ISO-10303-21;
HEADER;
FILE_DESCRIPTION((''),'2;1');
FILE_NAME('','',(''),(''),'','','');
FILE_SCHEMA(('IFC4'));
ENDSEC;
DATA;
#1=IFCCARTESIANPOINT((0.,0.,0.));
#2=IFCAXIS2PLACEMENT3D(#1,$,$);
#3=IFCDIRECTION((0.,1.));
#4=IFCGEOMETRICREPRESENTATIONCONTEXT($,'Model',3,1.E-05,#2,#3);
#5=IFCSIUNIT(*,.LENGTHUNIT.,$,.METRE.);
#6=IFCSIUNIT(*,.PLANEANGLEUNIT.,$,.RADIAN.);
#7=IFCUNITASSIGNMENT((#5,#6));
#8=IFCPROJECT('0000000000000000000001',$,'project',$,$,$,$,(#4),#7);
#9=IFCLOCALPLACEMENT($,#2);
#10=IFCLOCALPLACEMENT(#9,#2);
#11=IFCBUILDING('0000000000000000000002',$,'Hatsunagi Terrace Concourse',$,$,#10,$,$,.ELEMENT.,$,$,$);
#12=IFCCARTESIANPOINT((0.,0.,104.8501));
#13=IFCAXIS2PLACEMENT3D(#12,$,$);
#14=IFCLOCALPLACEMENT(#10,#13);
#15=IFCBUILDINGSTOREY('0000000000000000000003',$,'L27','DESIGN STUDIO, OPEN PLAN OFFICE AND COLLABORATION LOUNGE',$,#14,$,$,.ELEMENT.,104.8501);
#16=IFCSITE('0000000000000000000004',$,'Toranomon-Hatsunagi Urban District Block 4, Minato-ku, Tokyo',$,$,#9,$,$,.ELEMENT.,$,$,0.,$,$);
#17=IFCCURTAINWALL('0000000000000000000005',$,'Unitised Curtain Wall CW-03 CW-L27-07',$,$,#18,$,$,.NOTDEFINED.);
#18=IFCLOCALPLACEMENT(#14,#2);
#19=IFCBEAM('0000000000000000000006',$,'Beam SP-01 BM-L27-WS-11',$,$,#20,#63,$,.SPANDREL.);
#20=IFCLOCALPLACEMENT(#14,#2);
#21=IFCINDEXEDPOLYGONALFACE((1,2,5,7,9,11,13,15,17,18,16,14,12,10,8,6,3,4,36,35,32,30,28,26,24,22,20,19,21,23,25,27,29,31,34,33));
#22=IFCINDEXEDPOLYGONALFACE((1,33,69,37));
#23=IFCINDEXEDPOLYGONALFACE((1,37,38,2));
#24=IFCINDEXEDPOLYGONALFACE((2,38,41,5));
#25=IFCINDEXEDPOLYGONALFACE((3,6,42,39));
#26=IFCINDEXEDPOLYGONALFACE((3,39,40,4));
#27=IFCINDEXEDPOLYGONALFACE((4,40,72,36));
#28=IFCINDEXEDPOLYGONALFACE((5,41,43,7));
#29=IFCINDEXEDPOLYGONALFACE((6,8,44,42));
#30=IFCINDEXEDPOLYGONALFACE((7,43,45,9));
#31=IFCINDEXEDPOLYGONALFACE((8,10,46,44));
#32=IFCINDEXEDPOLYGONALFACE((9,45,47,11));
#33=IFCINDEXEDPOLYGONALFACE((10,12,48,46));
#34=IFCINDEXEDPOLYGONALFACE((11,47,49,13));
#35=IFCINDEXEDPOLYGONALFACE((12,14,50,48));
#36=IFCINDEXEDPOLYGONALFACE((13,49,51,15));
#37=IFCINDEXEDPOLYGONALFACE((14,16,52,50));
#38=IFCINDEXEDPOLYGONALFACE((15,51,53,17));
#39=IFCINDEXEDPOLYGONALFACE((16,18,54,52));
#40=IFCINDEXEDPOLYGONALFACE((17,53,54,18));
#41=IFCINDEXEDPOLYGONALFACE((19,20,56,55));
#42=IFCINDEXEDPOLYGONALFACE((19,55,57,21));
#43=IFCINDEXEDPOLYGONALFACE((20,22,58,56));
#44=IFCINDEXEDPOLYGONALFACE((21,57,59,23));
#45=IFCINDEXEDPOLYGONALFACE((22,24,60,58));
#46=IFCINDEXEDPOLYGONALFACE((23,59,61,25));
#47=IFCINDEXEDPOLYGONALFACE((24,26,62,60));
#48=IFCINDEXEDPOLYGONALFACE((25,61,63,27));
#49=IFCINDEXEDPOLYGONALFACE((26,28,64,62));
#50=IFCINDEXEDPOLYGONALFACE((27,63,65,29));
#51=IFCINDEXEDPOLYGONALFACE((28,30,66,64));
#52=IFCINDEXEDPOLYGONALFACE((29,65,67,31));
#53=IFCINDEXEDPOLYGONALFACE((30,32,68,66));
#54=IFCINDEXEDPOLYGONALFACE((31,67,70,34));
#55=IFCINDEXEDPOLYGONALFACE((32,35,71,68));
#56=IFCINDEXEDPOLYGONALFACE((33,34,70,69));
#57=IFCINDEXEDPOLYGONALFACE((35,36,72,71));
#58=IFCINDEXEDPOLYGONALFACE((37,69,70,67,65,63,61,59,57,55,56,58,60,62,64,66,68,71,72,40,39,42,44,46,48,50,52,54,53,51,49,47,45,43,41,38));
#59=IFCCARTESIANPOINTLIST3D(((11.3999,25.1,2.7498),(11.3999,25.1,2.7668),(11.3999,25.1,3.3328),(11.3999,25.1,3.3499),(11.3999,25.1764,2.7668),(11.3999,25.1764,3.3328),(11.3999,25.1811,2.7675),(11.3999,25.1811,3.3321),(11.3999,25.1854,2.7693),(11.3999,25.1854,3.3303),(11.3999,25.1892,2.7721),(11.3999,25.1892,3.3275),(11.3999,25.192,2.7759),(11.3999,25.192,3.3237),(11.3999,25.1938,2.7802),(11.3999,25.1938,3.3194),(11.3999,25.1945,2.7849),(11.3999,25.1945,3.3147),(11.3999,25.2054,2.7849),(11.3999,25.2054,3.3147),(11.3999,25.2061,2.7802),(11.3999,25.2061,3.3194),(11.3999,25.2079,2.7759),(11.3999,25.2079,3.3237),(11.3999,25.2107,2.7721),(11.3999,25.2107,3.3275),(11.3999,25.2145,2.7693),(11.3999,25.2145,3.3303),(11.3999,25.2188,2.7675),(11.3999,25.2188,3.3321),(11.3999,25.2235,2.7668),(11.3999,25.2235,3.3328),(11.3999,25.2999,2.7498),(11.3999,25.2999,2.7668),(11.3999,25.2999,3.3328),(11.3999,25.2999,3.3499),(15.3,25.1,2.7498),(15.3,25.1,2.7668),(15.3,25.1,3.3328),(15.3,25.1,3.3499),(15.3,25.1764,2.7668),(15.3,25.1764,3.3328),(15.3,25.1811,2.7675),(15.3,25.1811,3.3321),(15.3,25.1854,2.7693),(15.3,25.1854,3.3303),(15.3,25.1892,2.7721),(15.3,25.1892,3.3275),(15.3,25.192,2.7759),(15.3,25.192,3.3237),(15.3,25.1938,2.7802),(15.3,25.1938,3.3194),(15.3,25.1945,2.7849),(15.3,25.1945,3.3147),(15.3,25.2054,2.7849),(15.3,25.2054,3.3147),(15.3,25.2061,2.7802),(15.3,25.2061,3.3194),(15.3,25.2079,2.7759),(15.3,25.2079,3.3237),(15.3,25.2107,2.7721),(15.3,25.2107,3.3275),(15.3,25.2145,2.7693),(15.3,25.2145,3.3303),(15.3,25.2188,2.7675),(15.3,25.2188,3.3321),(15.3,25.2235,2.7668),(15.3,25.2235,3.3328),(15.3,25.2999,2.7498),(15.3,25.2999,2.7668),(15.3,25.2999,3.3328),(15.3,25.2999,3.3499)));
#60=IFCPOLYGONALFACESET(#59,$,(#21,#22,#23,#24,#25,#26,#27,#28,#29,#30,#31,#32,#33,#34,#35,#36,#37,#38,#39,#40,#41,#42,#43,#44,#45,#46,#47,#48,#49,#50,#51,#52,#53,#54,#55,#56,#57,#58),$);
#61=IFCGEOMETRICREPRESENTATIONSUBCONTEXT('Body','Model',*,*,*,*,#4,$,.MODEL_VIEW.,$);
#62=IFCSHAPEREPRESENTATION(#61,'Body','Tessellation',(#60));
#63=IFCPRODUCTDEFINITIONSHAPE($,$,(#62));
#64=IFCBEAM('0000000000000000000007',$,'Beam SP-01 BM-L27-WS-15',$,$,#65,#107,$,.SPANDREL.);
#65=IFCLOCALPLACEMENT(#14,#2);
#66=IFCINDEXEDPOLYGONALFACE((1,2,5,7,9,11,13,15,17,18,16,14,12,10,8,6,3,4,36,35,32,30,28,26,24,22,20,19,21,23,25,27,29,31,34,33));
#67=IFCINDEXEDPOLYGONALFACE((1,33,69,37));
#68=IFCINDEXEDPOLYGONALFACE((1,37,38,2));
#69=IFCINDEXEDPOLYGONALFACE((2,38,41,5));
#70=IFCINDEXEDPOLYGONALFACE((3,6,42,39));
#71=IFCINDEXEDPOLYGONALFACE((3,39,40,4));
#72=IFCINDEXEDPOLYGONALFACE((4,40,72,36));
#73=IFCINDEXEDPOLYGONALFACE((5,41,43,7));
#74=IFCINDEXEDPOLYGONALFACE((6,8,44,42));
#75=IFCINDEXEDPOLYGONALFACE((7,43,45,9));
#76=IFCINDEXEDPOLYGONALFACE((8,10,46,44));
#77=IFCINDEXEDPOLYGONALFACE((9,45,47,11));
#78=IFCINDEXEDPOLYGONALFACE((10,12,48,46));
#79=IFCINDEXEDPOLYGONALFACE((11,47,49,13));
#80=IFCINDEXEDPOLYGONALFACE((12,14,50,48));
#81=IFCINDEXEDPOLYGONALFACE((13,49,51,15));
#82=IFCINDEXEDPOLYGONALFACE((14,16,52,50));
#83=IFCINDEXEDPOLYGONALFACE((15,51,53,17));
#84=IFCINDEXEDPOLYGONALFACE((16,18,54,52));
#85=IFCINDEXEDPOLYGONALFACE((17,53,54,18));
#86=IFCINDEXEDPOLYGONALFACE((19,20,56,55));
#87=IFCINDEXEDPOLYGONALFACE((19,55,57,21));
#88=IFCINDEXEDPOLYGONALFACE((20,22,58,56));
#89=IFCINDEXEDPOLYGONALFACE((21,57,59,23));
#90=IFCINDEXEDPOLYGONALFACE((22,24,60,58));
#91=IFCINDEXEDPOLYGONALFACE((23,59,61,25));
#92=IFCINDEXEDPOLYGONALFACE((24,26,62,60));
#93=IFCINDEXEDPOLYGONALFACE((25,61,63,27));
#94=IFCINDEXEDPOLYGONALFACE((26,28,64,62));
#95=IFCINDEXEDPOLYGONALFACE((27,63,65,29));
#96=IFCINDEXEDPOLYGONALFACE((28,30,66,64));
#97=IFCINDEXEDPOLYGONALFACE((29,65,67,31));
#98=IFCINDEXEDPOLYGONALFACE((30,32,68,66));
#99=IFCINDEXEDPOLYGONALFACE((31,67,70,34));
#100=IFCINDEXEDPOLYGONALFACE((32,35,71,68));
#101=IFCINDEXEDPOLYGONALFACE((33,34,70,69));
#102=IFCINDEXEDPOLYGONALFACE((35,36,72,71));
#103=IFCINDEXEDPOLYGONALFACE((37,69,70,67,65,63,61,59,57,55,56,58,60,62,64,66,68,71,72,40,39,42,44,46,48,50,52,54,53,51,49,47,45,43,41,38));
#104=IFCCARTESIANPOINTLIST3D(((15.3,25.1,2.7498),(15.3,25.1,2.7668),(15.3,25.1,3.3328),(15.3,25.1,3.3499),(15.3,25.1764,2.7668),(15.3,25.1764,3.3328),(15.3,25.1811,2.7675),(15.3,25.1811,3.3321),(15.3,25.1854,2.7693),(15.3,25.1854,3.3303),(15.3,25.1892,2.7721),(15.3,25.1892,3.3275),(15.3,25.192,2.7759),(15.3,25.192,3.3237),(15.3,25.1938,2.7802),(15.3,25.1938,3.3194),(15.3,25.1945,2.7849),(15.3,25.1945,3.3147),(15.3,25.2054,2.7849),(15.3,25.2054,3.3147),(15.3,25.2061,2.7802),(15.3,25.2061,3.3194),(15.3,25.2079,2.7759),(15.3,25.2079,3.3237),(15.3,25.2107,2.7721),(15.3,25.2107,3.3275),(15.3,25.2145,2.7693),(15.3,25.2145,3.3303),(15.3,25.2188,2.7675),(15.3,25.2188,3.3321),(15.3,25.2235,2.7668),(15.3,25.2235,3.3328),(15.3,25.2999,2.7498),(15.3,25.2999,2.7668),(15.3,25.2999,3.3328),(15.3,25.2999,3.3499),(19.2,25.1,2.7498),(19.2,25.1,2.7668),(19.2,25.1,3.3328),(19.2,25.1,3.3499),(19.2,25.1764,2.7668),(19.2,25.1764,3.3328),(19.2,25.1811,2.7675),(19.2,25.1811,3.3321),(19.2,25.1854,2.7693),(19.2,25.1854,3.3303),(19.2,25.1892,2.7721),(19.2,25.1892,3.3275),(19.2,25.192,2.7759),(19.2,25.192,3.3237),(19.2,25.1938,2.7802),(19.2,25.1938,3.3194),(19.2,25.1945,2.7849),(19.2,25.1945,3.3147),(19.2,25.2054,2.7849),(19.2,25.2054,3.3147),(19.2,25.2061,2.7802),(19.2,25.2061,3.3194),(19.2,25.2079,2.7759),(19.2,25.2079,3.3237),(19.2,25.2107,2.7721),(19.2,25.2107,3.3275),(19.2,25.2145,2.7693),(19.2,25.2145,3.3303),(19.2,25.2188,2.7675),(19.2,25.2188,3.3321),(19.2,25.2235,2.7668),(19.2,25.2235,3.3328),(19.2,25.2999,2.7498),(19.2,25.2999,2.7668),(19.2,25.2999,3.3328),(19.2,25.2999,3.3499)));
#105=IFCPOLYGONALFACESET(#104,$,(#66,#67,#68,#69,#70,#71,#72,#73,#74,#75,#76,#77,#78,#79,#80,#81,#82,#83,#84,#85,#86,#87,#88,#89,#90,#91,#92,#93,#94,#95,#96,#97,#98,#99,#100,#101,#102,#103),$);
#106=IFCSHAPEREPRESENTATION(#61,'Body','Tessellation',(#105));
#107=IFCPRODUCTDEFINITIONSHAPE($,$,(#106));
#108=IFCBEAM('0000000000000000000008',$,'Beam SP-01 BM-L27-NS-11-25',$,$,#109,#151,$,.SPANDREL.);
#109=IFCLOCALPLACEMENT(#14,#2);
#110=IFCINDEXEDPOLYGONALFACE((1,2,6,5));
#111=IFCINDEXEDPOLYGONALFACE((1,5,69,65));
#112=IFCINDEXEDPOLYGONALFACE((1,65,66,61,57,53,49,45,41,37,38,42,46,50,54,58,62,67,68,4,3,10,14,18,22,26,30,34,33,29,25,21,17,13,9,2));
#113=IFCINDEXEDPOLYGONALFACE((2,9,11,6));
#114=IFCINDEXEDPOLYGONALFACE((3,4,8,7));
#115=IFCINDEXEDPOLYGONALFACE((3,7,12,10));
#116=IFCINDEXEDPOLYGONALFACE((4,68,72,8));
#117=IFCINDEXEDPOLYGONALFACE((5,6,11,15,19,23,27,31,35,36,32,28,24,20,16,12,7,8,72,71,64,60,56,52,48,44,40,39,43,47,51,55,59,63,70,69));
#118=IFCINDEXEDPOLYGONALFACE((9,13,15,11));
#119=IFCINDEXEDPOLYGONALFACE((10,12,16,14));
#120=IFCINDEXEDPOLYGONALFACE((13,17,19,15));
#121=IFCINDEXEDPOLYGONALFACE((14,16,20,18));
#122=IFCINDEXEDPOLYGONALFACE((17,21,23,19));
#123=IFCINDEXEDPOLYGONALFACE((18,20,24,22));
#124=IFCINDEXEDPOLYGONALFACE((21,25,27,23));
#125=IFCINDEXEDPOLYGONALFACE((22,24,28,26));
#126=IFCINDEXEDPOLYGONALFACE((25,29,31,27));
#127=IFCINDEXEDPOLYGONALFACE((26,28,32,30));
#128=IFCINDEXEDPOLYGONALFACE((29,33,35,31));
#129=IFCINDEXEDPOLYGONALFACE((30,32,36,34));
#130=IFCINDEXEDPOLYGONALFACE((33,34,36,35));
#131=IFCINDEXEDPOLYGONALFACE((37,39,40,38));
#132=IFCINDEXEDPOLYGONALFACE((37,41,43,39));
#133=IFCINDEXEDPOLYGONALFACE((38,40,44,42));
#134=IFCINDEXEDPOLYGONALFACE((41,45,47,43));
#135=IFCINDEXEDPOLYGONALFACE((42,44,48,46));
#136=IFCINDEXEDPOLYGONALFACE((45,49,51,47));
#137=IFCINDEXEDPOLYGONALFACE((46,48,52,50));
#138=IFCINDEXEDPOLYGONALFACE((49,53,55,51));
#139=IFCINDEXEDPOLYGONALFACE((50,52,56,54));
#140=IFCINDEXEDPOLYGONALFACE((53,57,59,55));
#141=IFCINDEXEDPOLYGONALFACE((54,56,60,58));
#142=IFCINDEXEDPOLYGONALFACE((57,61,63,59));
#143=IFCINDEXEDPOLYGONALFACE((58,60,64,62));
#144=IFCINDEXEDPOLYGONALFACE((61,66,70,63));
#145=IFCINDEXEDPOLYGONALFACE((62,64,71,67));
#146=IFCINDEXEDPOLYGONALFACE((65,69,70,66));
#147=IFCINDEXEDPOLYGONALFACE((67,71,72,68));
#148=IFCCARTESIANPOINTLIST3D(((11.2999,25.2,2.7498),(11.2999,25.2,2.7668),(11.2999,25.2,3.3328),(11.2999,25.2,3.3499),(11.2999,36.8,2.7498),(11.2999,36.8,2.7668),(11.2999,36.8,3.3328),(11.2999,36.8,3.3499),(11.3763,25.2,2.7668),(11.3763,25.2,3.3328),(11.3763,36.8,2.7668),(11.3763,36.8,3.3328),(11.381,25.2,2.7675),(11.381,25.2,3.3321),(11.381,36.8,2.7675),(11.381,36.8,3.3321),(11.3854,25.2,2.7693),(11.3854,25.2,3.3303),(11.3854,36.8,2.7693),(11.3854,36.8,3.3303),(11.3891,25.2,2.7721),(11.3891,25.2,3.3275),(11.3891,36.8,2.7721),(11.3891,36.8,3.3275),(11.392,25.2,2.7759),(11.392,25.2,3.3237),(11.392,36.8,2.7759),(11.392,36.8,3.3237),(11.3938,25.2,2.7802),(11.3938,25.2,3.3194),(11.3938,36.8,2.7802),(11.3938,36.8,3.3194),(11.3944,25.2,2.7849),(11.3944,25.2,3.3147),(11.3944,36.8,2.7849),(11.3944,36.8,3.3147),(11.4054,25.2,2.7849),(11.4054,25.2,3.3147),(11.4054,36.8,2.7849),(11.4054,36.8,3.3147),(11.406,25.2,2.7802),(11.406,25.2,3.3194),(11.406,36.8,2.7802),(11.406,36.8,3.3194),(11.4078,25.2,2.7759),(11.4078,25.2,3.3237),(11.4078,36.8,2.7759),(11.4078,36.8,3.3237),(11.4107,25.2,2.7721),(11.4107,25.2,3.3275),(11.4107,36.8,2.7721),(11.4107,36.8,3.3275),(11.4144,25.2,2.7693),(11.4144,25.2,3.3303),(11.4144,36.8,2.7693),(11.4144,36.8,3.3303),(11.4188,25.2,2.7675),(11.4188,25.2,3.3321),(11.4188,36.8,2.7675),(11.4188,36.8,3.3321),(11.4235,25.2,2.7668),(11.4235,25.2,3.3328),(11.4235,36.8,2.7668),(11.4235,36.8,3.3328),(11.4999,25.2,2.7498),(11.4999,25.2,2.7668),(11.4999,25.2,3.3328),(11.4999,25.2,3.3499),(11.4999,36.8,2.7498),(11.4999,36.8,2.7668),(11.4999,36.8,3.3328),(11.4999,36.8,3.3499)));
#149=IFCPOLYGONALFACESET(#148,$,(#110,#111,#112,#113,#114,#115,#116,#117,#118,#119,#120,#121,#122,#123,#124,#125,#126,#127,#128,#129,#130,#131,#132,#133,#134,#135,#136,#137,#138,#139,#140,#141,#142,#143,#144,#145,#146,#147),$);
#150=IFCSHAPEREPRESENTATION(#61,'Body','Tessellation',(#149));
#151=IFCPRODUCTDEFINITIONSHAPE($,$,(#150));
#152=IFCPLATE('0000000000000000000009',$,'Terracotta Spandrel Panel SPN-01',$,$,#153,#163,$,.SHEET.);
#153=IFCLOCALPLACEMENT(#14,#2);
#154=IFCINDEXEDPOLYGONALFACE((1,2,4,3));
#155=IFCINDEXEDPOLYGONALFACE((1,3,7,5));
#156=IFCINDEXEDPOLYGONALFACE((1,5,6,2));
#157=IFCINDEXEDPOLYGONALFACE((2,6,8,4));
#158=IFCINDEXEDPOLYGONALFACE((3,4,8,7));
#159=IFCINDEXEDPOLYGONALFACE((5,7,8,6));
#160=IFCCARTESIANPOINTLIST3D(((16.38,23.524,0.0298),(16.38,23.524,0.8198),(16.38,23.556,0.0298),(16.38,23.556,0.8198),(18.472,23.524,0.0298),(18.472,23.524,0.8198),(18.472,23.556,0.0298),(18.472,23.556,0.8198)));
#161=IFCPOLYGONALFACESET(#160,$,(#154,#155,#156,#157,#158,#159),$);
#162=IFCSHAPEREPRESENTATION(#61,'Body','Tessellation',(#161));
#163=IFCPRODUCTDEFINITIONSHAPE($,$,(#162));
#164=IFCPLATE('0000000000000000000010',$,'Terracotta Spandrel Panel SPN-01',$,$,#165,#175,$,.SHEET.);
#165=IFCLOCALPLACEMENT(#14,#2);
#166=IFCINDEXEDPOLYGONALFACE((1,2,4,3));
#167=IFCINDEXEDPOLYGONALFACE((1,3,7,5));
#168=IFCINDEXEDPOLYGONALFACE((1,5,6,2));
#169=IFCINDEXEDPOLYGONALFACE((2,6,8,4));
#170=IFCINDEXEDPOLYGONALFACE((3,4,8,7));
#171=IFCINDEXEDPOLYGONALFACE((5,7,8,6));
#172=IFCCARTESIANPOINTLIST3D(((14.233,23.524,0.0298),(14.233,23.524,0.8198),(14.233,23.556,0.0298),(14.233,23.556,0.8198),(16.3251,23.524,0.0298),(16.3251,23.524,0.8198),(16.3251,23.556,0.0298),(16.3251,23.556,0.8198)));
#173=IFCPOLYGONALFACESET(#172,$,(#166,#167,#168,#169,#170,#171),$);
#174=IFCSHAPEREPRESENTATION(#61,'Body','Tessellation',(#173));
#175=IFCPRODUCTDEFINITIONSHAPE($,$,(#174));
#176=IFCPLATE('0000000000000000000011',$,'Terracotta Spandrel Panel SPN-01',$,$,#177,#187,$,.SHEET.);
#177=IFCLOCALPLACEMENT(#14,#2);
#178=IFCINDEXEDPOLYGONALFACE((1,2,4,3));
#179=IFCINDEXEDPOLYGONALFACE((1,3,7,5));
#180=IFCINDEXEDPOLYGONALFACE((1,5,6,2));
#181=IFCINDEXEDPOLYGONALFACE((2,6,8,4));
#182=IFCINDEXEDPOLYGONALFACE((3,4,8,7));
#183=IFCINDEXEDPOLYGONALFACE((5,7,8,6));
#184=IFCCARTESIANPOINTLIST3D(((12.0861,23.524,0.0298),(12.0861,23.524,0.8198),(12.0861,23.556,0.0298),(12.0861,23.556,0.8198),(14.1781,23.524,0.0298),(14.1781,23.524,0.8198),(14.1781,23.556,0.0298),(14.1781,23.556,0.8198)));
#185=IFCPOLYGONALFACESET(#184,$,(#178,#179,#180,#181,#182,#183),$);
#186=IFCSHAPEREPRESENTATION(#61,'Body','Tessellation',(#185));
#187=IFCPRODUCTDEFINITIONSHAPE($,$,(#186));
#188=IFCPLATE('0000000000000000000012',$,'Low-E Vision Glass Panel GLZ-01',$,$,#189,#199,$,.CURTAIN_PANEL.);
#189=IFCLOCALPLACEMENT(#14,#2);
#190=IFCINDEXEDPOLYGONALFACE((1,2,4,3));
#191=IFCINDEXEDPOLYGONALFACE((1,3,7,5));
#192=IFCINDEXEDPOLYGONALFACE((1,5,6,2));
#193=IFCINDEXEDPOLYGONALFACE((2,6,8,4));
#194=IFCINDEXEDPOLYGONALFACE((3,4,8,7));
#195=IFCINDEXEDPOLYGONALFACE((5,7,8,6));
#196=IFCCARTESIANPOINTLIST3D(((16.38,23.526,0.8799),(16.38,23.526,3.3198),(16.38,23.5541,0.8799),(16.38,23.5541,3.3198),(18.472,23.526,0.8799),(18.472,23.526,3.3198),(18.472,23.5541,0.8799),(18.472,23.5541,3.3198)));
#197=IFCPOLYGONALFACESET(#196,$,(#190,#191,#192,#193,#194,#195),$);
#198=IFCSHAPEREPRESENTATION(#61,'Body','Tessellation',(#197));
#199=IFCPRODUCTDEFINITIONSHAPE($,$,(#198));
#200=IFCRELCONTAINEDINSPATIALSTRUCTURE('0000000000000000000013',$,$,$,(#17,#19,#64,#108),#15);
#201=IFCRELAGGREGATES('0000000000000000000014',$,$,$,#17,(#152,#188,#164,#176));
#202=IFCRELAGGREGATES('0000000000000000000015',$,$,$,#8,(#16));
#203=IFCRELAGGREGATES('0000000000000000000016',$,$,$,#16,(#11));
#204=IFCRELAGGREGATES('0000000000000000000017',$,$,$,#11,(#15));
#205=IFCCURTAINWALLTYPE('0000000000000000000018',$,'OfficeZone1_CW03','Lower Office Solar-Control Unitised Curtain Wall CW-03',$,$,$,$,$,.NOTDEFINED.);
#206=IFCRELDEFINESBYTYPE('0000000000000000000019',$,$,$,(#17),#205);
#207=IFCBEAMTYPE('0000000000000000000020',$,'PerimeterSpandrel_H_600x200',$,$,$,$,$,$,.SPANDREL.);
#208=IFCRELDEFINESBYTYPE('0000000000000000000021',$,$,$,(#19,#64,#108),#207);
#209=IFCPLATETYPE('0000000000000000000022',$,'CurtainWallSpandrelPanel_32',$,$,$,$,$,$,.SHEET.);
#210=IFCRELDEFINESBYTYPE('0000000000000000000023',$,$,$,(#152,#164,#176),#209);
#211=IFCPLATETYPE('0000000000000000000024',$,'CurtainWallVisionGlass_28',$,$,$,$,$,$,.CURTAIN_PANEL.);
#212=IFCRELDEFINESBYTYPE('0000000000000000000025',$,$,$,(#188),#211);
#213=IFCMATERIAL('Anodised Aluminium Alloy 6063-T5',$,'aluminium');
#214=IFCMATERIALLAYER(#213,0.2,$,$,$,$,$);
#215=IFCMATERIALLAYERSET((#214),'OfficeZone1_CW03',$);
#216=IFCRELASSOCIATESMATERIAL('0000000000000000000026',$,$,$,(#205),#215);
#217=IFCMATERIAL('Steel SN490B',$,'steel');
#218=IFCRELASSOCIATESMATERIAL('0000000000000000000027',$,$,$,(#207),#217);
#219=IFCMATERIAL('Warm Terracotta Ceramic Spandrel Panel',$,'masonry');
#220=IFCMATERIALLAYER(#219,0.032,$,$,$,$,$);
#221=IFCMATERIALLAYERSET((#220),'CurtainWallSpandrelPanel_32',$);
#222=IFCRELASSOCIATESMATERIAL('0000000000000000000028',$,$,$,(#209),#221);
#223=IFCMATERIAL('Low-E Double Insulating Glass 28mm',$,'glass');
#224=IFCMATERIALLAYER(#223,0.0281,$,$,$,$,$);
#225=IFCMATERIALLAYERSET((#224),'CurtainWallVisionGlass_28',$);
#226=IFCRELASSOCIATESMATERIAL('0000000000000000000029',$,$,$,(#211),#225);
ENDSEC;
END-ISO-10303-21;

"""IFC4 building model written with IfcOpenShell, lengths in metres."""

from ifc_helpers import new_model, si_unit, direction, frame, origin, origin_2d, place, context, subcontext, project, spatial, rectangle, i_section, extrude, material, layer, layer_set, material_profile, profile_set, type_object, element, aggregate, save


model = new_model("IFC4")

# Units and contexts
model_context = context("Model", 3, precision=1e-05, world=origin(), true_north=direction((0.0, 1.0)))
body_context = subcontext(model_context, "Body", "Model", "MODEL_VIEW")
ifc_project = project(units=[si_unit("LENGTHUNIT", "METRE"), si_unit("PLANEANGLEUNIT", "RADIAN")], contexts=[model_context])

# Site, building, storey
site_placement = place(None, origin())
site = spatial("IfcSite", under=ifc_project, at=site_placement, Name="Toranomon-Hatsunagi Urban District Block 4, Minato-ku, Tokyo", CompositionType="ELEMENT", RefElevation=0.0)
building_placement = place(site_placement, origin())
building = spatial("IfcBuilding", under=site, at=building_placement, Name="Hatsunagi Terrace Concourse", CompositionType="ELEMENT")
storey_placement = place(building_placement, frame((0.0, 0.0, 104.8501)))
storey = spatial("IfcBuildingStorey", under=building, at=storey_placement, Name="L27", Description="DESIGN STUDIO, OPEN PLAN OFFICE AND COLLABORATION LOUNGE", CompositionType="ELEMENT", Elevation=104.8501)

# Curtain wall
ifc_material_1 = material(Name="Anodised Aluminium Alloy 6063-T5", Category="aluminium")
ifc_layer_1 = layer(ifc_material_1, 0.2)
ifc_layer_set_1 = layer_set([ifc_layer_1], Name="OfficeZone1_CW03")
curtain_wall_type = type_object("IfcCurtainWallType", Name="OfficeZone1_CW03", Description="Lower Office Solar-Control Unitised Curtain Wall CW-03", PredefinedType="NOTDEFINED", material=ifc_layer_set_1)
curtain_wall_placement = place(storey_placement, origin())
curtain_wall = element("IfcCurtainWall", 1, at=curtain_wall_placement, inside=storey, type_object=curtain_wall_type, Name="Unitised Curtain Wall CW-03 CW-L27-07", PredefinedType="NOTDEFINED")

# Beams
ifc_material_2 = material(Name="Steel SN490B", Category="steel")
ifc_material_profile_1 = material_profile(ifc_material_2, i_section(OverallWidth=0.2, OverallDepth=0.6001, WebThickness=0.011, FlangeThickness=0.0171, FilletRadius=0.0181, at=origin_2d()), Name="H-600x200x11x17")
ifc_profile_set_1 = profile_set([ifc_material_profile_1], Name="Steel SN490B")
beam_type = type_object("IfcBeamType", Name="PerimeterSpandrel_H_600x200", PredefinedType="SPANDREL", material=ifc_profile_set_1)
beam_1_placement = place(storey_placement, frame((11.3999, 25.2, 3.0498), z_axis=(1.0, 0.0, 0.0), x_axis=(0.0, 1.0, 0.0)))
element("IfcBeam", 2, at=beam_1_placement, inside=storey, type_object=beam_type, Name="Beam SP-01 BM-L27-WS-11", PredefinedType="SPANDREL", context=body_context, shape_type="SweptSolid", body=[
    extrude(i_section(OverallWidth=0.2, OverallDepth=0.6001, WebThickness=0.011, FlangeThickness=0.0171, FilletRadius=0.0181, at=origin_2d()), origin(), (0.0, 0.0, 1.0), 3.9001),
])
beam_2_placement = place(storey_placement, frame((15.3, 25.2, 3.0498), z_axis=(1.0, 0.0, 0.0), x_axis=(0.0, 1.0, 0.0)))
element("IfcBeam", 3, at=beam_2_placement, inside=storey, type_object=beam_type, Name="Beam SP-01 BM-L27-WS-15", PredefinedType="SPANDREL", context=body_context, shape_type="SweptSolid", body=[
    extrude(i_section(OverallWidth=0.2, OverallDepth=0.6001, WebThickness=0.011, FlangeThickness=0.0171, FilletRadius=0.0181, at=origin_2d()), origin(), (0.0, 0.0, 1.0), 3.8999),
])
beam_3_placement = place(storey_placement, frame((11.3999, 25.2, 3.0498), z_axis=(0.0, 1.0, 0.0), x_axis=(-1.0, 0.0, 0.0)))
element("IfcBeam", 4, at=beam_3_placement, inside=storey, type_object=beam_type, Name="Beam SP-01 BM-L27-NS-11-25", PredefinedType="SPANDREL", context=body_context, shape_type="SweptSolid", body=[
    extrude(i_section(OverallWidth=0.2, OverallDepth=0.6001, WebThickness=0.011, FlangeThickness=0.0171, FilletRadius=0.0181, at=origin_2d()), origin(), (0.0, 0.0, 1.0), 11.6001),
])

# Plates
ifc_material_3 = material(Name="Warm Terracotta Ceramic Spandrel Panel", Category="masonry")
ifc_layer_2 = layer(ifc_material_3, 0.032)
ifc_layer_set_2 = layer_set([ifc_layer_2], Name="CurtainWallSpandrelPanel_32")
plate_type_1 = type_object("IfcPlateType", Name="CurtainWallSpandrelPanel_32", PredefinedType="SHEET", material=ifc_layer_set_2)
plate_1_placement = place(storey_placement, frame((17.426, 23.54, 0.0298), z_axis=(0.0, 0.0, 1.0), x_axis=(-1.0, 0.0, 0.0)))
plate_1 = element("IfcPlate", 5, at=plate_1_placement, type_object=plate_type_1, Name="Terracotta Spandrel Panel SPN-01", PredefinedType="SHEET", context=body_context, shape_type="SweptSolid", body=[
    extrude(rectangle(XDim=2.092, YDim=0.032, at=origin_2d()), origin(), (0.0, 0.0, 1.0), 0.79),
])
plate_2_placement = place(storey_placement, frame((15.2791, 23.54, 0.0298), z_axis=(0.0, 0.0, 1.0), x_axis=(-1.0, 0.0, 0.0)))
plate_2 = element("IfcPlate", 6, at=plate_2_placement, type_object=plate_type_1, Name="Terracotta Spandrel Panel SPN-01", PredefinedType="SHEET", context=body_context, shape_type="SweptSolid", body=[
    extrude(rectangle(XDim=2.092, YDim=0.032, at=origin_2d()), origin(), (0.0, 0.0, 1.0), 0.79),
])
plate_3_placement = place(storey_placement, frame((13.1321, 23.54, 0.0298), z_axis=(0.0, 0.0, 1.0), x_axis=(-1.0, 0.0, 0.0)))
plate_3 = element("IfcPlate", 7, at=plate_3_placement, type_object=plate_type_1, Name="Terracotta Spandrel Panel SPN-01", PredefinedType="SHEET", context=body_context, shape_type="SweptSolid", body=[
    extrude(rectangle(XDim=2.092, YDim=0.032, at=origin_2d()), origin(), (0.0, 0.0, 1.0), 0.79),
])
ifc_material_4 = material(Name="Low-E Double Insulating Glass 28mm", Category="glass")
ifc_layer_3 = layer(ifc_material_4, 0.0281)
ifc_layer_set_3 = layer_set([ifc_layer_3], Name="CurtainWallVisionGlass_28")
plate_type_2 = type_object("IfcPlateType", Name="CurtainWallVisionGlass_28", PredefinedType="CURTAIN_PANEL", material=ifc_layer_set_3)
plate_4_placement = place(storey_placement, frame((17.426, 23.54, 0.8799), z_axis=(0.0, 0.0, 1.0), x_axis=(-1.0, 0.0, 0.0)))
plate_4 = element("IfcPlate", 8, at=plate_4_placement, type_object=plate_type_2, Name="Low-E Vision Glass Panel GLZ-01", PredefinedType="CURTAIN_PANEL", context=body_context, shape_type="SweptSolid", body=[
    extrude(rectangle(XDim=2.092, YDim=0.0281, at=origin_2d()), origin(), (0.0, 0.0, 1.0), 2.4399),
])
aggregate(curtain_wall, [plate_1, plate_4, plate_2, plate_3])

save(model, "model.ifc")
